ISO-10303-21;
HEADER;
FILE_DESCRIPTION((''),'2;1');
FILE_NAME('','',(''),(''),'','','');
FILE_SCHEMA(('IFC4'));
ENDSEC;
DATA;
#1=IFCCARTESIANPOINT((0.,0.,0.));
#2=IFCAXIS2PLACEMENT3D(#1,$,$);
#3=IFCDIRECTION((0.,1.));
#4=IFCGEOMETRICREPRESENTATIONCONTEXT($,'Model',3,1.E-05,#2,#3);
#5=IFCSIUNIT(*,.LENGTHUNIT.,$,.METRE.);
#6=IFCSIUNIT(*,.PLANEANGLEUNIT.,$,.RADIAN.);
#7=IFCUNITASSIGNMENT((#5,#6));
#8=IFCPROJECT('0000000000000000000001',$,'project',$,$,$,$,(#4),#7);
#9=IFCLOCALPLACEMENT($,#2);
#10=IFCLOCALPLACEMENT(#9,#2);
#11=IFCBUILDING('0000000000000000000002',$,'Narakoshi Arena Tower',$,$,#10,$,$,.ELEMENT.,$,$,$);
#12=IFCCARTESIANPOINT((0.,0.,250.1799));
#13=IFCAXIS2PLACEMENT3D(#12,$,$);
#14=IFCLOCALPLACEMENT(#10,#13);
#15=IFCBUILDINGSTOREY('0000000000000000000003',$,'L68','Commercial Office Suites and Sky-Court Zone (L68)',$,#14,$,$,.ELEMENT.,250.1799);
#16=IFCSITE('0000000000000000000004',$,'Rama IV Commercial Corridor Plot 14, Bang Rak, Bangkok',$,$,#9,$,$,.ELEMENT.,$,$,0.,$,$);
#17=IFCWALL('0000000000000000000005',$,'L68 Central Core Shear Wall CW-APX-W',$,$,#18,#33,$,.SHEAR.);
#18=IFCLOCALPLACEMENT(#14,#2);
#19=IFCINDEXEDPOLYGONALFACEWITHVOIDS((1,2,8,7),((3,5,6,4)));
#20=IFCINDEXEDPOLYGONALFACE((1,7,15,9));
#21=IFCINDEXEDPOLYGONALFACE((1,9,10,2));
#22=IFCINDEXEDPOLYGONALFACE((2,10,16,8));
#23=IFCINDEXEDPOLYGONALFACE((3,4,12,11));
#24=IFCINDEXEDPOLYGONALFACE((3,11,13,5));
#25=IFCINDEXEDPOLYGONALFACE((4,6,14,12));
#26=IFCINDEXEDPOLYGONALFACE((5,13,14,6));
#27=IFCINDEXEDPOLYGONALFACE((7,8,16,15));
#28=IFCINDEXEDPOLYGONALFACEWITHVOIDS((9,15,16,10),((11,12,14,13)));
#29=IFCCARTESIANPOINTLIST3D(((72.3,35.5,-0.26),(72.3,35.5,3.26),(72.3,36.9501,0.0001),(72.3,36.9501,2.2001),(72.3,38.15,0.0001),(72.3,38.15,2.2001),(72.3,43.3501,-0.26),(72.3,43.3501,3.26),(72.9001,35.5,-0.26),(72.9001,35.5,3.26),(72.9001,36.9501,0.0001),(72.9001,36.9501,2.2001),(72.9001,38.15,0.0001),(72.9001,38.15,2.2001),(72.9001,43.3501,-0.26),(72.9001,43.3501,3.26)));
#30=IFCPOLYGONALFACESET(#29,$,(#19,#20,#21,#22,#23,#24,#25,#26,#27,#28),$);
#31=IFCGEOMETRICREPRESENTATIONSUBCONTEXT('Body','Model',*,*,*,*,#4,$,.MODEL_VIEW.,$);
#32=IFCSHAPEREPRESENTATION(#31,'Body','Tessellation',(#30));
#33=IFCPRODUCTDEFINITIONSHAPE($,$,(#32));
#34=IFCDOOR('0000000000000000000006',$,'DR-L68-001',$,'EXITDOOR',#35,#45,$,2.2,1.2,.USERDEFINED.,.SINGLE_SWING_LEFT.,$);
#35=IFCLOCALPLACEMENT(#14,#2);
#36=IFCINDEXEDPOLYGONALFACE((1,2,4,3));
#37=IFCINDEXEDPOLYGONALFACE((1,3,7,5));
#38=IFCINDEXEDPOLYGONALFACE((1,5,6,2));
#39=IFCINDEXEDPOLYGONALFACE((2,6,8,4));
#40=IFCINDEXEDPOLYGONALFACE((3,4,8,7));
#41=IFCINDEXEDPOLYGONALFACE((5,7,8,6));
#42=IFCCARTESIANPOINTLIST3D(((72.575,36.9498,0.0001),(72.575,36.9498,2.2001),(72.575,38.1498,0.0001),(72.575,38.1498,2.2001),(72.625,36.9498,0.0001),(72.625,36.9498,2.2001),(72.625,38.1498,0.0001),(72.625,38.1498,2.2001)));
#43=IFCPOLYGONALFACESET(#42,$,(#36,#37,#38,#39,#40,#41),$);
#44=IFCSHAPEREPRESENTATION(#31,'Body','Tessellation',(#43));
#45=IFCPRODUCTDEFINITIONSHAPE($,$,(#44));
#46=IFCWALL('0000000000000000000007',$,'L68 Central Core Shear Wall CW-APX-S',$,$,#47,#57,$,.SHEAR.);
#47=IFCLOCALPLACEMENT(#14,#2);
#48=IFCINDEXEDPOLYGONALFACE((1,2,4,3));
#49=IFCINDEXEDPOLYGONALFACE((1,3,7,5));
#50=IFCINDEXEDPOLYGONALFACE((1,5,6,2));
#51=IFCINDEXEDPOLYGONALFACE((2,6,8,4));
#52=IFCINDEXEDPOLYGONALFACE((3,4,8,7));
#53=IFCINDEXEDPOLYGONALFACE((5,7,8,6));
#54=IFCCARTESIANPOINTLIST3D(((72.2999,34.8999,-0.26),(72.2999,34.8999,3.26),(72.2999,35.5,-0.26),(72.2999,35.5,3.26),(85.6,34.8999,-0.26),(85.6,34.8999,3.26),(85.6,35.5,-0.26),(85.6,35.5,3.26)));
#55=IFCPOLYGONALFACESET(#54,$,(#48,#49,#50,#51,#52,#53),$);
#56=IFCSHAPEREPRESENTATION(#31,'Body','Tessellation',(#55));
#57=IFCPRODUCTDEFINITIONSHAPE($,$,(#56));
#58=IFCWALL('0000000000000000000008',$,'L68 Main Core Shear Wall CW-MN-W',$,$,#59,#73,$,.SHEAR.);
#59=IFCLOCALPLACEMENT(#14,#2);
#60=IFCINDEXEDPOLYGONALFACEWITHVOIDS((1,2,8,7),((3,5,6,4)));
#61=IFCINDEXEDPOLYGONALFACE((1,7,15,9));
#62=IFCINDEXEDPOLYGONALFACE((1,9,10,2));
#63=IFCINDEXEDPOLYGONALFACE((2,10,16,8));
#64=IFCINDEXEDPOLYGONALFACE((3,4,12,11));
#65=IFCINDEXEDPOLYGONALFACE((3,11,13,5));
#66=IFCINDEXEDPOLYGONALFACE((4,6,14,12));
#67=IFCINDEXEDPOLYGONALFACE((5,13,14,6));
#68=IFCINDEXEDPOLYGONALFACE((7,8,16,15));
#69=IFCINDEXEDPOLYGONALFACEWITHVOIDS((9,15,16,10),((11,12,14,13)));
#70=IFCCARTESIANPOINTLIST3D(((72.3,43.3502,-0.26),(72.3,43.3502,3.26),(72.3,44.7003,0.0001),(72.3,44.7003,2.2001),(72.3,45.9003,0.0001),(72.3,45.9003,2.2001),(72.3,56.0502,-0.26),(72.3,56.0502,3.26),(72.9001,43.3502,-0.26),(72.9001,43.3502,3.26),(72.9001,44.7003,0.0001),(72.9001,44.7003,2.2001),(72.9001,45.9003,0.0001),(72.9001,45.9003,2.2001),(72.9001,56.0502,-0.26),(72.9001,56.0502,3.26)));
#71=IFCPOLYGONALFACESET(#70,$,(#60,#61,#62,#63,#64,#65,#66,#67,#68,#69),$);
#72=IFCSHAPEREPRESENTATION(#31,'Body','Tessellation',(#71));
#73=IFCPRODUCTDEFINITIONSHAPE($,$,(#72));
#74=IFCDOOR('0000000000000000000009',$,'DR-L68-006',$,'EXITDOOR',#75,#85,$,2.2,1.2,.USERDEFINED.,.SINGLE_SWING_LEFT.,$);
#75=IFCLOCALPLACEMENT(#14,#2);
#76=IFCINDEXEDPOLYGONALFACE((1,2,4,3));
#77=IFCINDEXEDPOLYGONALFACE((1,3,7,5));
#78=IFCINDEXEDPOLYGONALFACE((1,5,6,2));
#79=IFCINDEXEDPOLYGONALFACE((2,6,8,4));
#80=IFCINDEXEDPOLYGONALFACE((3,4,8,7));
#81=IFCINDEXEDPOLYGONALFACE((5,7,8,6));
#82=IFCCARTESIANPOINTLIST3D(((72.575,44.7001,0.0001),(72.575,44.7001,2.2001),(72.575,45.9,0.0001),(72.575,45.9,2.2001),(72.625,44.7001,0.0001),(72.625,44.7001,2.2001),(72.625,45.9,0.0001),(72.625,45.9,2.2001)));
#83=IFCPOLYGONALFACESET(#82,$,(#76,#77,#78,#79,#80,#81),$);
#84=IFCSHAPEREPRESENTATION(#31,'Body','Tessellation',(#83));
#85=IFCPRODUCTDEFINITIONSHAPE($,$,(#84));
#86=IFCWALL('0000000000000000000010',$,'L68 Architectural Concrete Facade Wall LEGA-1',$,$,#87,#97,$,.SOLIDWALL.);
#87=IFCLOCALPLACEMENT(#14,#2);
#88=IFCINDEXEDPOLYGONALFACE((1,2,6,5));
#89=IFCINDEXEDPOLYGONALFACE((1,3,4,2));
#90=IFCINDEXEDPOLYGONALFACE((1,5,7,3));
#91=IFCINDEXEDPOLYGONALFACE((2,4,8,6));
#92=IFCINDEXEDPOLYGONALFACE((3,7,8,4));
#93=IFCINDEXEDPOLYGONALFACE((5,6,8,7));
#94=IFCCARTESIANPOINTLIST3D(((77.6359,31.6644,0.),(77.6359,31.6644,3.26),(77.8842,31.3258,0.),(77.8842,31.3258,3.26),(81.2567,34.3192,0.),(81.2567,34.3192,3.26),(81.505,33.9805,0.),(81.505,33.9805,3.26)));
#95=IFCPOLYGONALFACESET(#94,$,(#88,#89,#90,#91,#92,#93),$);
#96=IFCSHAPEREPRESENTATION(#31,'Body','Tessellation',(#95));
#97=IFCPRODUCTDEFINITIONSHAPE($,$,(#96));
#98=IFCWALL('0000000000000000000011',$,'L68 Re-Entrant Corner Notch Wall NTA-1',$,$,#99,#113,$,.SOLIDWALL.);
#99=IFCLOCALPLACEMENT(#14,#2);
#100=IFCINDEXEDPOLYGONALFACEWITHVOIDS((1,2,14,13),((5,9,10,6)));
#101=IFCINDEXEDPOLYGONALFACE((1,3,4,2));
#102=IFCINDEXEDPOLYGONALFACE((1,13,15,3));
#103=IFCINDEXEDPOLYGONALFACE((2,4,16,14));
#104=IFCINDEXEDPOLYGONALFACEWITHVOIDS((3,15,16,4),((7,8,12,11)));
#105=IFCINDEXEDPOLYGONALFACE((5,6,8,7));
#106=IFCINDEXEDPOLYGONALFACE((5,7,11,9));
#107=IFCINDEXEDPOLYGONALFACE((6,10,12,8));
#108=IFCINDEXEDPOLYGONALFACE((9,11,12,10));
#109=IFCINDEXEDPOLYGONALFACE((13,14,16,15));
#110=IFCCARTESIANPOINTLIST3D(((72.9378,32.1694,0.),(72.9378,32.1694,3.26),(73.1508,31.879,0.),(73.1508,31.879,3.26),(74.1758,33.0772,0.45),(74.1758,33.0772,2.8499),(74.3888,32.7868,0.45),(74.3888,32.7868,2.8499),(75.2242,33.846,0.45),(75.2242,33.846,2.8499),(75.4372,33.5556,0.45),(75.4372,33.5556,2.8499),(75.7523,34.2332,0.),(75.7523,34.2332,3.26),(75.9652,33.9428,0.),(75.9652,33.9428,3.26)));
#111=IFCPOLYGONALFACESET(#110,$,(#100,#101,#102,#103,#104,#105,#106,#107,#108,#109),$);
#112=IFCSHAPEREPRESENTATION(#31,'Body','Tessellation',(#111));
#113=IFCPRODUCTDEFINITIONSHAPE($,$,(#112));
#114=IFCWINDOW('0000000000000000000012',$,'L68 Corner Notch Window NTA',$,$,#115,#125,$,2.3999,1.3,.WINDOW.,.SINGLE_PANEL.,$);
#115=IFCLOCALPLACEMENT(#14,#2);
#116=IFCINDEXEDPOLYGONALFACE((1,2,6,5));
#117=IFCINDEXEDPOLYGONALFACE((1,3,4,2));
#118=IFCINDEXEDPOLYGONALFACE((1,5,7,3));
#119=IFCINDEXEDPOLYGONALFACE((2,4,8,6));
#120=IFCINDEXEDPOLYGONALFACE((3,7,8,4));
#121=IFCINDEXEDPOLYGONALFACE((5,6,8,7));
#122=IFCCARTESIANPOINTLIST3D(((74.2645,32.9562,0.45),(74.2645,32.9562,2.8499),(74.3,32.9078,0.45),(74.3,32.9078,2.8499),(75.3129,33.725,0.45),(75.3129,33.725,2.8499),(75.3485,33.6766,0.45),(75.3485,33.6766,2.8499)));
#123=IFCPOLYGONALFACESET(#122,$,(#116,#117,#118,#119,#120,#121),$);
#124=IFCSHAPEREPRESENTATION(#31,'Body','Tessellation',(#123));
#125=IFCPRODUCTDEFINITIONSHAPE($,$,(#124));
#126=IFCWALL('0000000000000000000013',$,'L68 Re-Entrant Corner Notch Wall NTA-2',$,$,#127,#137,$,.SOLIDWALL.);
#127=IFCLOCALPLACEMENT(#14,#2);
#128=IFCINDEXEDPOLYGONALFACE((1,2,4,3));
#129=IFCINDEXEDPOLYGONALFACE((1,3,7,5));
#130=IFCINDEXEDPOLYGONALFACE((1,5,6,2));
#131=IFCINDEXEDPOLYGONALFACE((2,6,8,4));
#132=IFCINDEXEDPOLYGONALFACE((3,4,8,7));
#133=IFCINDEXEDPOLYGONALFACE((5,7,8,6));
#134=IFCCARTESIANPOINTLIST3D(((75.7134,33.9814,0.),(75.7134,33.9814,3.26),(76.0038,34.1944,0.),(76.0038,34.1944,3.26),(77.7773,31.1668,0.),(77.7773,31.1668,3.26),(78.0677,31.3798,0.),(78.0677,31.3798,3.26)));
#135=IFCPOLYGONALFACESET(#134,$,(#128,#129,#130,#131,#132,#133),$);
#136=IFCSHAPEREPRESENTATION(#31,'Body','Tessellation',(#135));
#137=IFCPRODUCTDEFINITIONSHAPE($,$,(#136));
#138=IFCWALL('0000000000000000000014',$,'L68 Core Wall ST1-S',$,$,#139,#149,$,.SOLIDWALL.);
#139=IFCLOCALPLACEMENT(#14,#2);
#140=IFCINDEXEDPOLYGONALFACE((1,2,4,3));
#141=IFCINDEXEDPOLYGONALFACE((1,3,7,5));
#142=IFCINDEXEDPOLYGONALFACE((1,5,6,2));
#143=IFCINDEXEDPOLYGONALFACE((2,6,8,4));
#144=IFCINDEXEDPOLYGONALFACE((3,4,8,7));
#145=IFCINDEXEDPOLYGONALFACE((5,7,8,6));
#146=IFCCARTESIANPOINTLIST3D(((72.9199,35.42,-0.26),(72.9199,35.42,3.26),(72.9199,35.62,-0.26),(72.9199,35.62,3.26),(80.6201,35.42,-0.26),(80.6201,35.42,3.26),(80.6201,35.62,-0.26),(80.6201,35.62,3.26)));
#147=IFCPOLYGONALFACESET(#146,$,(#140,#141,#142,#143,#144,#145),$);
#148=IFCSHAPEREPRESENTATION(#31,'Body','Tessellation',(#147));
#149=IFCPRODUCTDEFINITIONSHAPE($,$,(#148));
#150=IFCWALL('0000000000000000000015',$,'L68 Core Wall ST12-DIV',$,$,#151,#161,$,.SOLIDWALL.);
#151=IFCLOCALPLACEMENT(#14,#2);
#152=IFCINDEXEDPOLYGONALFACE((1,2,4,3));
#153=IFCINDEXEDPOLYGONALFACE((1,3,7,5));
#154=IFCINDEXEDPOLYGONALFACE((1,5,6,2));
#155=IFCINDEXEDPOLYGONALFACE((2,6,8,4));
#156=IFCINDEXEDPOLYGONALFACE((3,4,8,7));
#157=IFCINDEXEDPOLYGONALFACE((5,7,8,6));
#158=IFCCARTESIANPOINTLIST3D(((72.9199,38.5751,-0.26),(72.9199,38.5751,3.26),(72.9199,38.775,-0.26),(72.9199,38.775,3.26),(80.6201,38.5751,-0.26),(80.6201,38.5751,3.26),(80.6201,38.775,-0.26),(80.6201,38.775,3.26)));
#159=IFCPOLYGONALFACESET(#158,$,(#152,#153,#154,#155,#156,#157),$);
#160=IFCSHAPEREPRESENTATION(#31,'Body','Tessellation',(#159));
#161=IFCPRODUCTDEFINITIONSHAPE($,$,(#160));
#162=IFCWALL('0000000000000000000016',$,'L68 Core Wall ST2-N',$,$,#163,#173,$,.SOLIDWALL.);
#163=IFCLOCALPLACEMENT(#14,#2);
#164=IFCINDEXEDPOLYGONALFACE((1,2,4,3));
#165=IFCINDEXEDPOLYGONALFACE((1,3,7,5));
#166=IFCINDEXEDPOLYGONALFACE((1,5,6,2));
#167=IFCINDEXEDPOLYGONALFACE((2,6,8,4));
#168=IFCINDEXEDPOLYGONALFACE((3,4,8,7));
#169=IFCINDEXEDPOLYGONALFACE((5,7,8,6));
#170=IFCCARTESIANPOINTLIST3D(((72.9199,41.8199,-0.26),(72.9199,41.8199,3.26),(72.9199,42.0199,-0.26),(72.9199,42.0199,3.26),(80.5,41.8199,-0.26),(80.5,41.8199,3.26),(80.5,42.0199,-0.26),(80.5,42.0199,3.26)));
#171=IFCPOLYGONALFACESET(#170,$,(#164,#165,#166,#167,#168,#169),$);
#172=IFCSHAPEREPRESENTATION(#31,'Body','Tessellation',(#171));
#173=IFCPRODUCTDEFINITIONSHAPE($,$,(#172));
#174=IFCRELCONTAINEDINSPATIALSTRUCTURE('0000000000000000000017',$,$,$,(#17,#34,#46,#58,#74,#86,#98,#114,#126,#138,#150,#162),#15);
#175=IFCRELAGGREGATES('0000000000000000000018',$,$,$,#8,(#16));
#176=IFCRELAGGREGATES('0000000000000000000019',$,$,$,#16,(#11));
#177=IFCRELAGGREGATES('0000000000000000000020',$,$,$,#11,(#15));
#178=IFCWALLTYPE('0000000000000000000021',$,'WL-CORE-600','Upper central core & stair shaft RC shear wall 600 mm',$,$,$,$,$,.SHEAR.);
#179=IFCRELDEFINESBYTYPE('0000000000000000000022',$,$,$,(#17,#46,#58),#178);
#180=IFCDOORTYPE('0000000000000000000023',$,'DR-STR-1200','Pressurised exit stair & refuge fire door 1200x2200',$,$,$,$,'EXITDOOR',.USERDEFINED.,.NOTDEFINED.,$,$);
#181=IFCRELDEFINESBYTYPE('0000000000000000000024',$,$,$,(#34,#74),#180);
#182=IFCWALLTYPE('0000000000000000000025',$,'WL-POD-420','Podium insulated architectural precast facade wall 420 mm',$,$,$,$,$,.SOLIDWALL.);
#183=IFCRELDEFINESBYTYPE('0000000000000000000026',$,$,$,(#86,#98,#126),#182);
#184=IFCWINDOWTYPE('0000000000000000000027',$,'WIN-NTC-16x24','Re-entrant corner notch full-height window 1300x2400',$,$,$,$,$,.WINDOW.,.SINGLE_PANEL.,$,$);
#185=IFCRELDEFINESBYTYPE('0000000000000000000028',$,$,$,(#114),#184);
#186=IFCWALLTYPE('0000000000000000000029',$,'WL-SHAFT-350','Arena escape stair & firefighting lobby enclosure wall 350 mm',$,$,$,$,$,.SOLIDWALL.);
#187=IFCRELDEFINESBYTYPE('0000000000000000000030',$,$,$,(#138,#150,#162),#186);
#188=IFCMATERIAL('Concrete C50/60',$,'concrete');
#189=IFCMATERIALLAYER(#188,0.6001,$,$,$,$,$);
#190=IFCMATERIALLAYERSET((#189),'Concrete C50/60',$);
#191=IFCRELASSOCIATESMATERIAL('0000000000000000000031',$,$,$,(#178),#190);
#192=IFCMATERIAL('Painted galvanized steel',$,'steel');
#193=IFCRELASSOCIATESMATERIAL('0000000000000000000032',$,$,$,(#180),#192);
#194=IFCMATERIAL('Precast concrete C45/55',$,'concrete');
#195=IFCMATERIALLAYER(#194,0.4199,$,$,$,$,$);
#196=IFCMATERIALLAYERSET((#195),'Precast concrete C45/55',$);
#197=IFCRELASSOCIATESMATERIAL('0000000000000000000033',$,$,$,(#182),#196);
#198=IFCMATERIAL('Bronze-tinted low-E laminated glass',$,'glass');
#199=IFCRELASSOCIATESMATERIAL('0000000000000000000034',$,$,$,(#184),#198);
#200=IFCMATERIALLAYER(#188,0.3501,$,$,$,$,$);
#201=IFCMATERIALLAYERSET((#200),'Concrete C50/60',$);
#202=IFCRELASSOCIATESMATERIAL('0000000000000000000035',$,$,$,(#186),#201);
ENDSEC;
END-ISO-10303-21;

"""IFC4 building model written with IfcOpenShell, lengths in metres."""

from ifc_helpers import new_model, si_unit, direction, frame, frame_2d, origin, place, context, subcontext, project, spatial, rectangle, extrude, material, layer, layer_set, type_object, element, fill, save


model = new_model("IFC4")

# Units and contexts
model_context = context("Model", 3, precision=1e-05, world=origin(), true_north=direction((0.0, 1.0)))
body_context = subcontext(model_context, "Body", "Model", "MODEL_VIEW")
ifc_project = project(units=[si_unit("LENGTHUNIT", "METRE"), si_unit("PLANEANGLEUNIT", "RADIAN")], contexts=[model_context])

# Site, building, storey
site_placement = place(None, origin())
site = spatial("IfcSite", under=ifc_project, at=site_placement, Name="Rama IV Commercial Corridor Plot 14, Bang Rak, Bangkok", CompositionType="ELEMENT", RefElevation=0.0)
building_placement = place(site_placement, origin())
building = spatial("IfcBuilding", under=site, at=building_placement, Name="Narakoshi Arena Tower", CompositionType="ELEMENT")
storey_placement = place(building_placement, frame((0.0, 0.0, 250.1799)))
storey = spatial("IfcBuildingStorey", under=building, at=storey_placement, Name="L68", Description="Commercial Office Suites and Sky-Court Zone (L68)", CompositionType="ELEMENT", Elevation=250.1799)

# Wall, opening, door
ifc_material_1 = material(Name="Concrete C50/60", Category="concrete")
ifc_layer_1 = layer(ifc_material_1, 0.6001)
ifc_layer_set_1 = layer_set([ifc_layer_1], Name="Concrete C50/60")
wall_type_1 = type_object("IfcWallType", Name="WL-CORE-600", Description="Upper central core & stair shaft RC shear wall 600 mm", PredefinedType="SHEAR", material=ifc_layer_set_1)
wall_1_placement = place(storey_placement, frame((72.6001, 35.5, -0.26), z_axis=(0.0, 0.0, 1.0), x_axis=(0.0, 1.0, 0.0)))
wall_1 = element("IfcWall", 1, at=wall_1_placement, inside=storey, type_object=wall_type_1, Name="L68 Central Core Shear Wall CW-APX-W", PredefinedType="SHEAR", context=body_context, shape_type="SweptSolid", body=[
    extrude(rectangle(XDim=7.8501, YDim=0.6001, at=frame_2d((3.925, 0.0))), origin(), (0.0, 0.0, 1.0), 3.52),
])
opening_1_placement = place(wall_1_placement, frame((1.45, 0.0, 0.26)))
opening_1 = element("IfcOpeningElement", 2, at=opening_1_placement, cuts=wall_1, PredefinedType="OPENING", context=body_context, shape_type="SweptSolid", body=[
    extrude(rectangle(XDim=1.2, YDim=2.2, at=frame_2d((0.6001, 1.1001))), frame((0.0, 0.3101, 0.0), z_axis=(0.0, -1.0, 0.0), x_axis=(1.0, 0.0, 0.0)), (0.0, 0.0, 1.0), 0.6201),
])
ifc_material_2 = material(Name="Painted galvanized steel", Category="steel")
door_type = type_object("IfcDoorType", Name="DR-STR-1200", Description="Pressurised exit stair & refuge fire door 1200x2200", ElementType="EXITDOOR", OperationType="NOTDEFINED", PredefinedType="USERDEFINED", material=ifc_material_2)
door_1_placement = place(opening_1_placement, frame((1.2, 0.0, 0.0), z_axis=(0.0, 0.0, 1.0), x_axis=(-1.0, 0.0, 0.0)))
door_1 = element("IfcDoor", 3, at=door_1_placement, inside=storey, type_object=door_type, Name="DR-L68-001", ObjectType="EXITDOOR", OperationType="SINGLE_SWING_LEFT", OverallHeight=2.2, OverallWidth=1.2, PredefinedType="USERDEFINED", context=body_context, shape_type="SweptSolid", body=[
    extrude(rectangle(XDim=1.2, YDim=2.2, at=frame_2d((0.6001, 1.1001))), frame((0.0, 0.0249, 0.0), z_axis=(0.0, -1.0, 0.0), x_axis=(1.0, 0.0, 0.0)), (0.0, 0.0, 1.0), 0.05),
])
fill(opening_1, door_1)

# Wall
wall_2_placement = place(storey_placement, frame((72.3, 35.2, -0.26), z_axis=(0.0, 0.0, 1.0), x_axis=(1.0, 0.0, 0.0)))
element("IfcWall", 4, at=wall_2_placement, inside=storey, type_object=wall_type_1, Name="L68 Central Core Shear Wall CW-APX-S", PredefinedType="SHEAR", context=body_context, shape_type="SweptSolid", body=[
    extrude(rectangle(XDim=13.3, YDim=0.6001, at=frame_2d((6.6499, 0.0))), origin(), (0.0, 0.0, 1.0), 3.52),
])

# Wall, opening, door
wall_3_placement = place(storey_placement, frame((72.6001, 43.3501, -0.26), z_axis=(0.0, 0.0, 1.0), x_axis=(0.0, 1.0, 0.0)))
wall_3 = element("IfcWall", 5, at=wall_3_placement, inside=storey, type_object=wall_type_1, Name="L68 Main Core Shear Wall CW-MN-W", PredefinedType="SHEAR", context=body_context, shape_type="SweptSolid", body=[
    extrude(rectangle(XDim=12.7, YDim=0.6001, at=frame_2d((6.3501, 0.0))), origin(), (0.0, 0.0, 1.0), 3.52),
])
opening_2_placement = place(wall_3_placement, frame((1.3501, 0.0, 0.26)))
opening_2 = element("IfcOpeningElement", 6, at=opening_2_placement, cuts=wall_3, PredefinedType="OPENING", context=body_context, shape_type="SweptSolid", body=[
    extrude(rectangle(XDim=1.2, YDim=2.2, at=frame_2d((0.6001, 1.1001))), frame((0.0, 0.3101, 0.0), z_axis=(0.0, -1.0, 0.0), x_axis=(1.0, 0.0, 0.0)), (0.0, 0.0, 1.0), 0.6201),
])
door_2_placement = place(opening_2_placement, frame((1.2, 0.0, 0.0), z_axis=(0.0, 0.0, 1.0), x_axis=(-1.0, 0.0, 0.0)))
door_2 = element("IfcDoor", 7, at=door_2_placement, inside=storey, type_object=door_type, Name="DR-L68-006", ObjectType="EXITDOOR", OperationType="SINGLE_SWING_LEFT", OverallHeight=2.2, OverallWidth=1.2, PredefinedType="USERDEFINED", context=body_context, shape_type="SweptSolid", body=[
    extrude(rectangle(XDim=1.2, YDim=2.2, at=frame_2d((0.6001, 1.1001))), frame((0.0, 0.0249, 0.0), z_axis=(0.0, -1.0, 0.0), x_axis=(1.0, 0.0, 0.0)), (0.0, 0.0, 1.0), 0.05),
])
fill(opening_2, door_2)

# Wall
ifc_material_3 = material(Name="Precast concrete C45/55", Category="concrete")
ifc_layer_2 = layer(ifc_material_3, 0.4199)
ifc_layer_set_2 = layer_set([ifc_layer_2], Name="Precast concrete C45/55")
wall_type_2 = type_object("IfcWallType", Name="WL-POD-420", Description="Podium insulated architectural precast facade wall 420 mm", PredefinedType="SOLIDWALL", material=ifc_layer_set_2)
wall_4_placement = place(storey_placement, frame((77.76, 31.4951, 0.0), z_axis=(0.0, 0.0, 1.0), x_axis=(0.806459, 0.591291, 0.0)))
element("IfcWall", 8, at=wall_4_placement, inside=storey, type_object=wall_type_2, Name="L68 Architectural Concrete Facade Wall LEGA-1", PredefinedType="SOLIDWALL", context=body_context, shape_type="SweptSolid", body=[
    extrude(rectangle(XDim=4.4897, YDim=0.4199, at=frame_2d((2.2449, 0.0))), origin(), (0.0, 0.0, 1.0), 3.26),
])

# Wall, opening, window
wall_5_placement = place(storey_placement, frame((73.0442, 32.0242, 0.0), z_axis=(0.0, 0.0, 1.0), x_axis=(0.806434, 0.591324, 0.0)))
wall_5 = element("IfcWall", 9, at=wall_5_placement, inside=storey, type_object=wall_type_2, Name="L68 Re-Entrant Corner Notch Wall NTA-1", PredefinedType="SOLIDWALL", context=body_context, shape_type="SweptSolid", body=[
    extrude(rectangle(XDim=3.49, YDim=0.3601, at=frame_2d((1.7451, 0.0))), origin(), (0.0, 0.0, 1.0), 3.26),
])
opening_3_placement = place(wall_5_placement, frame((1.5354, 0.0, 0.45)))
opening_3 = element("IfcOpeningElement", 10, at=opening_3_placement, cuts=wall_5, PredefinedType="OPENING", context=body_context, shape_type="SweptSolid", body=[
    extrude(rectangle(XDim=1.3, YDim=2.3999, at=frame_2d((0.6499, 1.2))), frame((0.0, 0.1899, 0.0), z_axis=(0.0, -1.0, 0.0), x_axis=(1.0, 0.0, 0.0)), (0.0, 0.0, 1.0), 0.3801),
])
ifc_material_4 = material(Name="Bronze-tinted low-E laminated glass", Category="glass")
window_type = type_object("IfcWindowType", Name="WIN-NTC-16x24", Description="Re-entrant corner notch full-height window 1300x2400", PartitioningType="SINGLE_PANEL", PredefinedType="WINDOW", material=ifc_material_4)
window_placement = place(opening_3_placement, origin())
window = element("IfcWindow", 11, at=window_placement, inside=storey, type_object=window_type, Name="L68 Corner Notch Window NTA", OverallHeight=2.3999, OverallWidth=1.3, PartitioningType="SINGLE_PANEL", PredefinedType="WINDOW", context=body_context, shape_type="SweptSolid", body=[
    extrude(rectangle(XDim=1.3, YDim=2.3999, at=frame_2d((0.6499, 1.2))), frame((0.0, 0.03, 0.0), z_axis=(0.0, -1.0, 0.0), x_axis=(1.0, 0.0, 0.0)), (0.0, 0.0, 1.0), 0.0601),
])
fill(opening_3, window)

# Walls
wall_6_placement = place(storey_placement, frame((75.8586, 34.0879, 0.0), z_axis=(0.0, 0.0, 1.0), x_axis=(0.591336, -0.806425, 0.0)))
element("IfcWall", 12, at=wall_6_placement, inside=storey, type_object=wall_type_2, Name="L68 Re-Entrant Corner Notch Wall NTA-2", PredefinedType="SOLIDWALL", context=body_context, shape_type="SweptSolid", body=[
    extrude(rectangle(XDim=3.4902, YDim=0.3601, at=frame_2d((1.7451, 0.0))), origin(), (0.0, 0.0, 1.0), 3.26),
])
ifc_layer_3 = layer(ifc_material_1, 0.3501)
ifc_layer_set_3 = layer_set([ifc_layer_3], Name="Concrete C50/60")
wall_type_3 = type_object("IfcWallType", Name="WL-SHAFT-350", Description="Arena escape stair & firefighting lobby enclosure wall 350 mm", PredefinedType="SOLIDWALL", material=ifc_layer_set_3)
for number, where, z_axis, x_axis, name in (
    (13, (72.9199, 35.52, -0.26), (0.0, 0.0, 1.0), (1.0, 0.0, 0.0), "L68 Core Wall ST1-S"),
    (14, (72.9199, 38.675, -0.26), (0.0, 0.0, 1.0), (1.0, 0.0, 0.0), "L68 Core Wall ST12-DIV"),
):
    element("IfcWall", number, at=place(storey_placement, frame(where, z_axis=z_axis, x_axis=x_axis)), inside=storey, type_object=wall_type_3, Name=name, PredefinedType="SOLIDWALL", context=body_context, shape_type="SweptSolid", body=[
        extrude(rectangle(XDim=7.7002, YDim=0.2, at=frame_2d((3.8501, 0.0))), origin(), (0.0, 0.0, 1.0), 3.52),
    ])
wall_7_placement = place(storey_placement, frame((72.9199, 41.9199, -0.26), z_axis=(0.0, 0.0, 1.0), x_axis=(1.0, 0.0, 0.0)))
element("IfcWall", 15, at=wall_7_placement, inside=storey, type_object=wall_type_3, Name="L68 Core Wall ST2-N", PredefinedType="SOLIDWALL", context=body_context, shape_type="SweptSolid", body=[
    extrude(rectangle(XDim=7.5801, YDim=0.2, at=frame_2d((3.79, 0.0))), origin(), (0.0, 0.0, 1.0), 3.52),
])

save(model, "model.ifc")
